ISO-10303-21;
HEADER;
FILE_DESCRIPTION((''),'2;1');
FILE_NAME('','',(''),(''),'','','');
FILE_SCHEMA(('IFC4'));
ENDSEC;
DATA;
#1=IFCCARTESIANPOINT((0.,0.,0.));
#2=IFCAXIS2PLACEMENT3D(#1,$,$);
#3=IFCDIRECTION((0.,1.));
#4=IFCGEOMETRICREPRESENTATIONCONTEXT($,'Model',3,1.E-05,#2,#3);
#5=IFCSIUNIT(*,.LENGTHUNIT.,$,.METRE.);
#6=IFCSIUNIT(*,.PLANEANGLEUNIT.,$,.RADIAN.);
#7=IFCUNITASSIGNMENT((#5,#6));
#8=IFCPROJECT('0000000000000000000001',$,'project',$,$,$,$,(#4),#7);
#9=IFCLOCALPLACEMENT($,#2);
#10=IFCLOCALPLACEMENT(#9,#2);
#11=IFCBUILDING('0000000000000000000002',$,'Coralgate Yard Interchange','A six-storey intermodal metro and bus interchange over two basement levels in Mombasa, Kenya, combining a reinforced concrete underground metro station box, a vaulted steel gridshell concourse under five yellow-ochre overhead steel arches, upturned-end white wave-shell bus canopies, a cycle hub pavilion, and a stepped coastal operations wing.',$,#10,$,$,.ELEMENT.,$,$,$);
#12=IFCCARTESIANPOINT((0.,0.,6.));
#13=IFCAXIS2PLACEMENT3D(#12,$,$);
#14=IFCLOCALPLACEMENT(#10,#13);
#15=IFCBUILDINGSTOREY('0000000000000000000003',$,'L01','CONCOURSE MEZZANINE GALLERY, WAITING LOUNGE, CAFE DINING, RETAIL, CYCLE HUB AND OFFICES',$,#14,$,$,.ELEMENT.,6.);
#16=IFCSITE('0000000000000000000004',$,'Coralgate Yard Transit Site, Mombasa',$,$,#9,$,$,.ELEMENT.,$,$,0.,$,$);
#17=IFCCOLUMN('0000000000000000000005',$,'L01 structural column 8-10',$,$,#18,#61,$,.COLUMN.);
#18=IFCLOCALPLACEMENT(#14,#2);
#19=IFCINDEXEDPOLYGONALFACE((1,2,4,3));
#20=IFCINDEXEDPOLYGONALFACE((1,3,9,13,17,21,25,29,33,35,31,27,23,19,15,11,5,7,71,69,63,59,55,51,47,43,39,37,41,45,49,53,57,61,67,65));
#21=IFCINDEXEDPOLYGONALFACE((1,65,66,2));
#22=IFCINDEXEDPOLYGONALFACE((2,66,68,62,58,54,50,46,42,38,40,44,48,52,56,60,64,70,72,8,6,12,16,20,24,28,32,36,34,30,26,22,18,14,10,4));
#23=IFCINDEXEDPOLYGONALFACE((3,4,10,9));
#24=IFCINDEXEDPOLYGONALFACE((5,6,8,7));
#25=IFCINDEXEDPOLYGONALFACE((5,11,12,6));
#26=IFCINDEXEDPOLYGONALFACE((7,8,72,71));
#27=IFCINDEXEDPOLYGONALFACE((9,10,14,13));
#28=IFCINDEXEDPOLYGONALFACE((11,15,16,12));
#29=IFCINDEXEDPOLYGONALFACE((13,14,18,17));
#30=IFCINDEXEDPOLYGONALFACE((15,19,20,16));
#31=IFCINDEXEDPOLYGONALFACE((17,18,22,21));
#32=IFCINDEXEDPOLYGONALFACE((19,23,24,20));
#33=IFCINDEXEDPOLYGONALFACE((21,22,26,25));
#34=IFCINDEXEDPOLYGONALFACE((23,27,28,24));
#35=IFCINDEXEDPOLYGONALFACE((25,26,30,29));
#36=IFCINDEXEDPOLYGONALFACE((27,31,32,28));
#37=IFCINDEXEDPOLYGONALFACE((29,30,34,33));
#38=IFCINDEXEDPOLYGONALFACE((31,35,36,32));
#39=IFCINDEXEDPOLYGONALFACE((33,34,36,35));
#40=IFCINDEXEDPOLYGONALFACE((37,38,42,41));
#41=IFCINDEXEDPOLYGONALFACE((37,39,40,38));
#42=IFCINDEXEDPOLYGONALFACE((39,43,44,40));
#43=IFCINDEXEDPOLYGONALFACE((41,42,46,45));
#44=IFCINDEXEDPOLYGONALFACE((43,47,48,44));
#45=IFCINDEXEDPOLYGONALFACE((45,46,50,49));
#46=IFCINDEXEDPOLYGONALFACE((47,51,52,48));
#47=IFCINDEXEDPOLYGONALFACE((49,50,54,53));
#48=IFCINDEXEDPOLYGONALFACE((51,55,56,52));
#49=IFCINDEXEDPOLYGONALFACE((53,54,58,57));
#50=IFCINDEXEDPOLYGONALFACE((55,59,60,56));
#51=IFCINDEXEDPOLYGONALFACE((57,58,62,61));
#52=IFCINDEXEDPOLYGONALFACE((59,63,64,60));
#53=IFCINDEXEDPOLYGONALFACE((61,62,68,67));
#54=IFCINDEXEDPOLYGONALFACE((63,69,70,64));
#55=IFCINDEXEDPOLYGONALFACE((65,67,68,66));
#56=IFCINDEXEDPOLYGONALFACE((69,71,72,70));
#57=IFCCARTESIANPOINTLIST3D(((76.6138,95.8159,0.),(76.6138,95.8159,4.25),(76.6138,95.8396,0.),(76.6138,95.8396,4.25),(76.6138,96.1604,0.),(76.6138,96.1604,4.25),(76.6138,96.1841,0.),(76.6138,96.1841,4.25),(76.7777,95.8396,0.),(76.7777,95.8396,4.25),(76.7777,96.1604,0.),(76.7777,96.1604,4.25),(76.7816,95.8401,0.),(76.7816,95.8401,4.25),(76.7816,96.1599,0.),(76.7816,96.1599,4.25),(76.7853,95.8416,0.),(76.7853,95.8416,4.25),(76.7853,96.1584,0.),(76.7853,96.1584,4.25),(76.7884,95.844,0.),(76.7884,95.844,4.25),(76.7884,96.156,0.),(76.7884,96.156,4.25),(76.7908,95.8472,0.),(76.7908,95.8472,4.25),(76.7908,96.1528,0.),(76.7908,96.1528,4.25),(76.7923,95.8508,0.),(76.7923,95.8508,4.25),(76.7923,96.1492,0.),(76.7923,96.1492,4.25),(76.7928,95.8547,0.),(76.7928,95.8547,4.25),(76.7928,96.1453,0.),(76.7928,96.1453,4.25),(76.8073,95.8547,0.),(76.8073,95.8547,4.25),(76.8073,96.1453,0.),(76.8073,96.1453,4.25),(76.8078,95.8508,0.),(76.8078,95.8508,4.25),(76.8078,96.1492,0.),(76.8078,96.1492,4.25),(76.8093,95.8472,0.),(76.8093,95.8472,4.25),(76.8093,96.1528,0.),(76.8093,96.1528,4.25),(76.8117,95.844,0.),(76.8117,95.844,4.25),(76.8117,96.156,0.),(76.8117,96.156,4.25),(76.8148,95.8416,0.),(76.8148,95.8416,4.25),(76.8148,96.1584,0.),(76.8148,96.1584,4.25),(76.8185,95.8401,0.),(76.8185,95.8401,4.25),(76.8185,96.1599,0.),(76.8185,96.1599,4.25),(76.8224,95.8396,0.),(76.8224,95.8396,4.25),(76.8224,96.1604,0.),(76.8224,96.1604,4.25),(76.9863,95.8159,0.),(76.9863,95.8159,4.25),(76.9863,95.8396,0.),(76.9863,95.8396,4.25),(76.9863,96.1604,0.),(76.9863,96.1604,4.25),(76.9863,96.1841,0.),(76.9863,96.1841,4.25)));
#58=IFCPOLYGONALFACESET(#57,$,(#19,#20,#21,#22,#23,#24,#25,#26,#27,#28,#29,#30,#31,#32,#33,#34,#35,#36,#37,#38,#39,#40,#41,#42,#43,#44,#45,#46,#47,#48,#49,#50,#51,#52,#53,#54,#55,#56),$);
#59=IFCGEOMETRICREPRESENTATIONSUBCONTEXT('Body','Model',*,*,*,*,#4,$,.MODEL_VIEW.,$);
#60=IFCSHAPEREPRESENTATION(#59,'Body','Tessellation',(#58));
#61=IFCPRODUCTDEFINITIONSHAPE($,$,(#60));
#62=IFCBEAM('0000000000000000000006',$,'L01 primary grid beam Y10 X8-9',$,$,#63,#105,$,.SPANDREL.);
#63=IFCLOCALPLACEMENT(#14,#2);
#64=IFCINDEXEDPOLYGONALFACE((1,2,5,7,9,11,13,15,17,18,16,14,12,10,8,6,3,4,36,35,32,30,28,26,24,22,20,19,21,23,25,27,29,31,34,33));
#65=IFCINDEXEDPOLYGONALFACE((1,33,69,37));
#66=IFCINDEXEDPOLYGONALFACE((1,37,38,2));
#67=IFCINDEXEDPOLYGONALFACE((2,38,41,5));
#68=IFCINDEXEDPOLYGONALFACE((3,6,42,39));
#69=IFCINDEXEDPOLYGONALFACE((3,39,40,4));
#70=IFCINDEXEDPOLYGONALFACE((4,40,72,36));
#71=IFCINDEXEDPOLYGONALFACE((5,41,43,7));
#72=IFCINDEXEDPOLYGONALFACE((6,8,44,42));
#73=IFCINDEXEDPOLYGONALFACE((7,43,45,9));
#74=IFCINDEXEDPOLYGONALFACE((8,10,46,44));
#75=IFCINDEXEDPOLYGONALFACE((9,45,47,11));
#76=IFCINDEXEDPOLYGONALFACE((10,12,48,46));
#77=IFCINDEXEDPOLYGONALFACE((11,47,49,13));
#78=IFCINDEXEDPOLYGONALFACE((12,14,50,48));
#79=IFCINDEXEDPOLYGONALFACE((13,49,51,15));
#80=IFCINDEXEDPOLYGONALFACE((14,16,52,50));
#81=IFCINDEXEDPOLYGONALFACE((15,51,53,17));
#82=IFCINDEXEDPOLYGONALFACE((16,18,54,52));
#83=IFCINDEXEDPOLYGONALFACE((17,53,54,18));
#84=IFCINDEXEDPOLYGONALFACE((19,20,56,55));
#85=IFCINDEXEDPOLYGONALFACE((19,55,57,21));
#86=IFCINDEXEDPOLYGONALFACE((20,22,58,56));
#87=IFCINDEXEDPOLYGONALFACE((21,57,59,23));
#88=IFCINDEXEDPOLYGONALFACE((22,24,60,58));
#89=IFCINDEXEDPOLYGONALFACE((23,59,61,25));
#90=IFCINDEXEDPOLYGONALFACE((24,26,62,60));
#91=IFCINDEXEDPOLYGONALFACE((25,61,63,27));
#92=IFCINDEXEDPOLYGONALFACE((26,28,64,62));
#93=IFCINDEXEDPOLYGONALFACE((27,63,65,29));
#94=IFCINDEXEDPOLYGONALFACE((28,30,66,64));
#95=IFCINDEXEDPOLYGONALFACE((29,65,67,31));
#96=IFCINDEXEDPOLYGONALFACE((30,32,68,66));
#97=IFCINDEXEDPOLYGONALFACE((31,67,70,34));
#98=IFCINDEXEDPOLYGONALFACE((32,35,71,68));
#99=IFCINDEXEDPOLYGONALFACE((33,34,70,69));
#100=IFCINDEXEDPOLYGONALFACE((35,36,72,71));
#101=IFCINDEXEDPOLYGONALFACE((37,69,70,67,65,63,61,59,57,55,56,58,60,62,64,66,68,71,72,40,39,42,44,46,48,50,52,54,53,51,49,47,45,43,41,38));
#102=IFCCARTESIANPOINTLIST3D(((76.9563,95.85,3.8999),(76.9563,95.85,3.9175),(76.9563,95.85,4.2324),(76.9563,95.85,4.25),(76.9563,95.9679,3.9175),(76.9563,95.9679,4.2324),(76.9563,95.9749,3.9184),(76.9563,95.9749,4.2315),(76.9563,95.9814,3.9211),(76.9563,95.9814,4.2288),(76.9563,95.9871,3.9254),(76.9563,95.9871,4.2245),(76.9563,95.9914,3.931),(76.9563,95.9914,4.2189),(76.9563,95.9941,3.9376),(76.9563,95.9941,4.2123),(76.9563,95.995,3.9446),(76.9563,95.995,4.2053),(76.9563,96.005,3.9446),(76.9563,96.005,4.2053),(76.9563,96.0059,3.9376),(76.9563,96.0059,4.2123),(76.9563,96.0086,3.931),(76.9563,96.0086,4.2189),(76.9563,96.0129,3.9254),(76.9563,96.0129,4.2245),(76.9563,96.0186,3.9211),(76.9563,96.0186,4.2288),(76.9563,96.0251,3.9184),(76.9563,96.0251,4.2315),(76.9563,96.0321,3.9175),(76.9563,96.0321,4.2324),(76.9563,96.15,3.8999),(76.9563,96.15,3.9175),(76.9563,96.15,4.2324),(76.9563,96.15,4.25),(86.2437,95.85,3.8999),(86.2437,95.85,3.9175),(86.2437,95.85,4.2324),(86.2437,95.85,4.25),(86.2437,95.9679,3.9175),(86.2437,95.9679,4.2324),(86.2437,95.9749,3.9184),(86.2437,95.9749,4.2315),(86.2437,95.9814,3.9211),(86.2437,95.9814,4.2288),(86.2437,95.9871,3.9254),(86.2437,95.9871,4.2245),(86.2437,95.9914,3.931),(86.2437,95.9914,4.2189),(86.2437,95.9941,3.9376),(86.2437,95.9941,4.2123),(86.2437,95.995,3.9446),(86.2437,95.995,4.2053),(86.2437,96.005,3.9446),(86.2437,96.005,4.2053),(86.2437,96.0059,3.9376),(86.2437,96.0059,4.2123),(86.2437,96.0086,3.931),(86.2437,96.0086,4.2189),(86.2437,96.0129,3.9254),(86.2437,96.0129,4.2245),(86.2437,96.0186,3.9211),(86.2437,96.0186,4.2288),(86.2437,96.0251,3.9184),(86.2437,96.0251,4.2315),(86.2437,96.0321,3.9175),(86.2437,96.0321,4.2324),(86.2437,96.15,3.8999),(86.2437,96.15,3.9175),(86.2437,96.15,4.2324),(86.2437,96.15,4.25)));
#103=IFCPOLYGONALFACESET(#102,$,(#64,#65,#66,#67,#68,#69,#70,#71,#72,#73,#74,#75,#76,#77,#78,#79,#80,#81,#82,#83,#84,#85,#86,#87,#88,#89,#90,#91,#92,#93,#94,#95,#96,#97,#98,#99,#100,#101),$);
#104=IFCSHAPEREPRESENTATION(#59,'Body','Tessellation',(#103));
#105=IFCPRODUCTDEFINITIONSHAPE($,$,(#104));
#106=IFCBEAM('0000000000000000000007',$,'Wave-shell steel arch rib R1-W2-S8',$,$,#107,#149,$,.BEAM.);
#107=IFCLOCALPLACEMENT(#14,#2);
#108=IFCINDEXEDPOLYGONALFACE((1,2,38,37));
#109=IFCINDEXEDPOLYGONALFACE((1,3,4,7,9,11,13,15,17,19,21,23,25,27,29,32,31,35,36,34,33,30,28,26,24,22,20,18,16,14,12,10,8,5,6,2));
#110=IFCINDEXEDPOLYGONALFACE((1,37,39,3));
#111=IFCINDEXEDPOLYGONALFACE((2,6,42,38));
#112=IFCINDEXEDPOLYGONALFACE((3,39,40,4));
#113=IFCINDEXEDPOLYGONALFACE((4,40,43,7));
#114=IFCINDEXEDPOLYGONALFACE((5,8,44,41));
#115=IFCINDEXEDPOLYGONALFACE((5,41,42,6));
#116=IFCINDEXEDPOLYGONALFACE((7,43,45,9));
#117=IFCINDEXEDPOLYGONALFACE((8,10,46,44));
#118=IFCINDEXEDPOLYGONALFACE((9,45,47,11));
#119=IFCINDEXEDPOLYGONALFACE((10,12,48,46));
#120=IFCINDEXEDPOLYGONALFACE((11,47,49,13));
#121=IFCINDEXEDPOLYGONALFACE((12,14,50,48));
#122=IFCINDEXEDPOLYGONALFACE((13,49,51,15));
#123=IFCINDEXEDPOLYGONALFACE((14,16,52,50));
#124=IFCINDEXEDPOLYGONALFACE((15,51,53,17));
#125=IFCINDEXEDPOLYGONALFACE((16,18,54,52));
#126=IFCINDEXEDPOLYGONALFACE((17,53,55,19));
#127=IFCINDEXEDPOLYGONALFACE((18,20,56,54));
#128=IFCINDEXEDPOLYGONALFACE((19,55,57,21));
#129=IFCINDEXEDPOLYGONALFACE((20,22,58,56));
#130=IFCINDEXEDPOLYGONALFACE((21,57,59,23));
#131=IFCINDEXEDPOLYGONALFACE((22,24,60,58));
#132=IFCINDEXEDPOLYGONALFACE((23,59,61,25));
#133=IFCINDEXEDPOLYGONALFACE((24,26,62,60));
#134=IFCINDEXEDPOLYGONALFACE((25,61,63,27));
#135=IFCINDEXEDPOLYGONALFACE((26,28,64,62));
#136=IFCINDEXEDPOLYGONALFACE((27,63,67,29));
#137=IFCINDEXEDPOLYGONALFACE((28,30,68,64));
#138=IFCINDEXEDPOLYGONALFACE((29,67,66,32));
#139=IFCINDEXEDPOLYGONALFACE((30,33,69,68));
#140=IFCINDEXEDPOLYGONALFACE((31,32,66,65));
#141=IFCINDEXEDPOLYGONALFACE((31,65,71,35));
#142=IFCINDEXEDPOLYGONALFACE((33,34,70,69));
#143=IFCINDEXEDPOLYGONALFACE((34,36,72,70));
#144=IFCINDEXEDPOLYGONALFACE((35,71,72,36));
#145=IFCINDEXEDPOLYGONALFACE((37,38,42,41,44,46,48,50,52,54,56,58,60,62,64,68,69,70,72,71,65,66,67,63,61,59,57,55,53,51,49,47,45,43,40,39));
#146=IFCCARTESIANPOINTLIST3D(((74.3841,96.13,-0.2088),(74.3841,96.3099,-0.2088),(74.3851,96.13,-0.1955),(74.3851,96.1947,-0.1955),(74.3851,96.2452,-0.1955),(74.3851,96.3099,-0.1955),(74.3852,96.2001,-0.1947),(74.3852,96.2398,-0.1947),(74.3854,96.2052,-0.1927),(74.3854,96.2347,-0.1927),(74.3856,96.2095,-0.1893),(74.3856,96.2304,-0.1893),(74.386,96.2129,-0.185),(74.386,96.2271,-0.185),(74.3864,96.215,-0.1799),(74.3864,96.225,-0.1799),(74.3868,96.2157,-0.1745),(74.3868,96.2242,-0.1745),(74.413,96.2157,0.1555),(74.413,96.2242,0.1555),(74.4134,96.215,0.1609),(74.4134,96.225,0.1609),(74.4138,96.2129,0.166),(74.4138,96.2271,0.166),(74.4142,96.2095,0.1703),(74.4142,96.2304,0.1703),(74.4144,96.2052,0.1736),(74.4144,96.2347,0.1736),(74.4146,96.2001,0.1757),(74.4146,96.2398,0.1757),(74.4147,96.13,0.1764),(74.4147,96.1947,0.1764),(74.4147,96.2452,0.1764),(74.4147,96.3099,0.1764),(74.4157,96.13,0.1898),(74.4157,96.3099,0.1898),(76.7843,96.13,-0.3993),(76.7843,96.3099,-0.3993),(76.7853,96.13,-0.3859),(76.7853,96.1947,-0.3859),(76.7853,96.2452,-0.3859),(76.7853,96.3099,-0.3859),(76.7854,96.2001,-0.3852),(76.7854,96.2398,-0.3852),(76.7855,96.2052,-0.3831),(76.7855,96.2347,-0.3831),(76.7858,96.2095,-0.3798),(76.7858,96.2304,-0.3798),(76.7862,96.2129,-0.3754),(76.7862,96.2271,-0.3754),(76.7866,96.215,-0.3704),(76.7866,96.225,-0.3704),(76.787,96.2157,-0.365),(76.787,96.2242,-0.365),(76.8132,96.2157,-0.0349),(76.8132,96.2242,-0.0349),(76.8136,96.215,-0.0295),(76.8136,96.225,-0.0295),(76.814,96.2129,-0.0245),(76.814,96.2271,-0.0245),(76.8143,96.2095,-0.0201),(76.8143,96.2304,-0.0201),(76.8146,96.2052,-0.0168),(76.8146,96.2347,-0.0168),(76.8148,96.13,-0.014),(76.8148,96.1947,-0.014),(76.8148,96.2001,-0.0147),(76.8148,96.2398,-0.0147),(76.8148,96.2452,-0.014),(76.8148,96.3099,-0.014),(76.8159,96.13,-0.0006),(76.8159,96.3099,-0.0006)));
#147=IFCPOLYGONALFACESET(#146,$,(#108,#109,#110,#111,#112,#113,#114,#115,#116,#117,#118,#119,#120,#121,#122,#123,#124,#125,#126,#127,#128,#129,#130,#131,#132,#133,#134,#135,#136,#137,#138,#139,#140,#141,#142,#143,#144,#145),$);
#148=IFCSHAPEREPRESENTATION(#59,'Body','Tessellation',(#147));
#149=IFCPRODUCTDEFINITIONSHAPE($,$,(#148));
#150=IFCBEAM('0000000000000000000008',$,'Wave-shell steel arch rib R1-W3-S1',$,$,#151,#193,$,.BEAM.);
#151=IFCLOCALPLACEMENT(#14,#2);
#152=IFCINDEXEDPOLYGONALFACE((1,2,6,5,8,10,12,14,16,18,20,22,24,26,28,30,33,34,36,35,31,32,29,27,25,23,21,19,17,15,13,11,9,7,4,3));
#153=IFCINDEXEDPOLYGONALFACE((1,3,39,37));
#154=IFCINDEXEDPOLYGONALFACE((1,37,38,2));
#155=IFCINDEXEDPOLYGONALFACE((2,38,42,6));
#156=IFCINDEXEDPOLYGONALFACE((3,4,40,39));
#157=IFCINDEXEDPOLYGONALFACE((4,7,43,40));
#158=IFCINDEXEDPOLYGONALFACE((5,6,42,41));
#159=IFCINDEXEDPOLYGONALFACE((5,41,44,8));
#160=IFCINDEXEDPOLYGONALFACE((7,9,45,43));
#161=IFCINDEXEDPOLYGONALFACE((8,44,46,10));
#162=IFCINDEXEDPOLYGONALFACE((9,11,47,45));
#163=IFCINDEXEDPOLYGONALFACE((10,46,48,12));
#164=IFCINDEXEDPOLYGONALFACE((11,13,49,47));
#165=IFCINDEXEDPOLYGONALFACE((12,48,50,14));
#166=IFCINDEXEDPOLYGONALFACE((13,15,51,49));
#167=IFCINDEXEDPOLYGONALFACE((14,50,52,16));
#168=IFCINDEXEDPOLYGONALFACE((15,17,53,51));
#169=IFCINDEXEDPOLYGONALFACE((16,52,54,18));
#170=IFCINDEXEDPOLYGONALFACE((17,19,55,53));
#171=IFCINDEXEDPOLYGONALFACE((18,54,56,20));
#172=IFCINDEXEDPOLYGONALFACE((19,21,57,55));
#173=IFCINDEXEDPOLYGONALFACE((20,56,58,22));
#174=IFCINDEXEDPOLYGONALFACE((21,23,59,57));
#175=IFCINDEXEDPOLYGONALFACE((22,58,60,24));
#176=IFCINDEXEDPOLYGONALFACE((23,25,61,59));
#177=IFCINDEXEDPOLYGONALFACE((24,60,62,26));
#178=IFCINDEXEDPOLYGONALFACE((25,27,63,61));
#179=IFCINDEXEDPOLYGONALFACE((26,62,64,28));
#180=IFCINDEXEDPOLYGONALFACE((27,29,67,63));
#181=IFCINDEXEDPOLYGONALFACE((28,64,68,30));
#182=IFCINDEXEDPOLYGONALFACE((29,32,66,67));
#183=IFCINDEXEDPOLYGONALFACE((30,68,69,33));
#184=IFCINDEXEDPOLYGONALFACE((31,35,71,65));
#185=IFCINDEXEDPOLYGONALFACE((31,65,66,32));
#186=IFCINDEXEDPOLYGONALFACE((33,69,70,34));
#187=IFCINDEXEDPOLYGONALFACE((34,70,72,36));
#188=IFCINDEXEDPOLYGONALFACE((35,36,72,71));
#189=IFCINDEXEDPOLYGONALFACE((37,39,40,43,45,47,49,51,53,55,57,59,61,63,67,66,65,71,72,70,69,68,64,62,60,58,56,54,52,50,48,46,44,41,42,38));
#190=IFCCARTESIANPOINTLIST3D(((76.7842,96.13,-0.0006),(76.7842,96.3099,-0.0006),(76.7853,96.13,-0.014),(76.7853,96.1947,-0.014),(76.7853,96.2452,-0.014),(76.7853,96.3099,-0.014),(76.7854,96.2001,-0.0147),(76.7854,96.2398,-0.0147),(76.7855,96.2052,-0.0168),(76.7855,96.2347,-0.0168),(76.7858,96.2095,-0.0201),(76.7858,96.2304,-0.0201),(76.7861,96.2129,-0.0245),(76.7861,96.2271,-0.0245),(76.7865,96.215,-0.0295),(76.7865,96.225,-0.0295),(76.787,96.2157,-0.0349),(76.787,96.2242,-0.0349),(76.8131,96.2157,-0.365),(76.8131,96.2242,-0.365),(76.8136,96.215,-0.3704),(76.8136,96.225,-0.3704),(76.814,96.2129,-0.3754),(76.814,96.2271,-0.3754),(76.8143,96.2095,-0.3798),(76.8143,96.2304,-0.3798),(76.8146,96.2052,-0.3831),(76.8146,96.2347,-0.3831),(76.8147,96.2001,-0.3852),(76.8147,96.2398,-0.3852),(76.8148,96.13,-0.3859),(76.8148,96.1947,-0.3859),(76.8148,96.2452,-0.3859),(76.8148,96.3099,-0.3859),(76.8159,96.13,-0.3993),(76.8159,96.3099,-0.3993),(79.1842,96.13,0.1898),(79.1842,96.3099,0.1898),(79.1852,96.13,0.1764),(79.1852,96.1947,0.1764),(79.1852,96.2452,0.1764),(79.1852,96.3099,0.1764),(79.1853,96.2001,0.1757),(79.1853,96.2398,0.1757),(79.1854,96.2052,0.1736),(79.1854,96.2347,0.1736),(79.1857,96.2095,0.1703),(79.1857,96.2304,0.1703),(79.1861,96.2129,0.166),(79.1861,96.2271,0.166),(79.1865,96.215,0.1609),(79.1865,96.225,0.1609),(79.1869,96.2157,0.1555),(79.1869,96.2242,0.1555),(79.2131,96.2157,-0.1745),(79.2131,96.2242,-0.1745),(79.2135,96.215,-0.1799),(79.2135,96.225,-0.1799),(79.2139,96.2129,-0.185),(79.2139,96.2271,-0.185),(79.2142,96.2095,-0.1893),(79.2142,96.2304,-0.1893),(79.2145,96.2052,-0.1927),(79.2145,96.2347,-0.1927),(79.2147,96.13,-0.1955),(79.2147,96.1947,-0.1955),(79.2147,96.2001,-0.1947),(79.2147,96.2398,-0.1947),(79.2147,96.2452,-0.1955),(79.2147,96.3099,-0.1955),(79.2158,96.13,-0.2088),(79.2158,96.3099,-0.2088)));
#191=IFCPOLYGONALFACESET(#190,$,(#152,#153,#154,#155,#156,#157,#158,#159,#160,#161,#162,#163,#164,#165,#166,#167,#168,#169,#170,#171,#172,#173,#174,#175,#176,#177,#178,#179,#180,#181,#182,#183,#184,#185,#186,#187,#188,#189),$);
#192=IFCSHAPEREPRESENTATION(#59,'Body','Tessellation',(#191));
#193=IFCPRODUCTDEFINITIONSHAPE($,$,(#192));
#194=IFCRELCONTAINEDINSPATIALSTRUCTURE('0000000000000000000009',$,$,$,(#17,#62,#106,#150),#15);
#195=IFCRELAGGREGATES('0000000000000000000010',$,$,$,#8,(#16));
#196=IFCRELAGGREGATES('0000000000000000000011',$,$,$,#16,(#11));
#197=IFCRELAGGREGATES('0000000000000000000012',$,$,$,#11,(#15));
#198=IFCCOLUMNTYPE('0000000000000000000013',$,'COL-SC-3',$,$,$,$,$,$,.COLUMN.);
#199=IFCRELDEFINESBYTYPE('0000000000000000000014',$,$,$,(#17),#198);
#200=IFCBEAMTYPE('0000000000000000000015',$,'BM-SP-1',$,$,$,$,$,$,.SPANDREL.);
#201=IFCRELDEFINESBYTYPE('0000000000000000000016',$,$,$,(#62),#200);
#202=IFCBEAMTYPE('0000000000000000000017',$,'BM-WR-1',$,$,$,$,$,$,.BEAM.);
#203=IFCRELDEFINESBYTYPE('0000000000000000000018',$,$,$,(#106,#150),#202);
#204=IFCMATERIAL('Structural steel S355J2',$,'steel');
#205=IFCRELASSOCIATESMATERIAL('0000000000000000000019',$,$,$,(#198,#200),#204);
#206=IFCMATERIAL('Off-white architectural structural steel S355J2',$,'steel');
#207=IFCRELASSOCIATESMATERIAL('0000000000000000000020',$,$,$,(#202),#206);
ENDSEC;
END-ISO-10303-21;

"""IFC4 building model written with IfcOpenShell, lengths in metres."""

from ifc_helpers import new_model, si_unit, direction, frame, origin, origin_2d, place, context, subcontext, project, spatial, i_section, extrude, material, material_profile, profile_set, type_object, element, save


model = new_model("IFC4")

# Units and contexts
model_context = context("Model", 3, precision=1e-05, world=origin(), true_north=direction((0.0, 1.0)))
body_context = subcontext(model_context, "Body", "Model", "MODEL_VIEW")
ifc_project = project(units=[si_unit("LENGTHUNIT", "METRE"), si_unit("PLANEANGLEUNIT", "RADIAN")], contexts=[model_context])

# Site, building, storey
site_placement = place(None, origin())
site = spatial("IfcSite", under=ifc_project, at=site_placement, Name="Coralgate Yard Transit Site, Mombasa", CompositionType="ELEMENT", RefElevation=0.0)
building_placement = place(site_placement, origin())
building = spatial("IfcBuilding", under=site, at=building_placement, Name="Coralgate Yard Interchange", Description="A six-storey intermodal metro and bus interchange over two basement levels in Mombasa, Kenya, combining a reinforced concrete underground metro station box, a vaulted steel gridshell concourse under five yellow-ochre overhead steel arches, upturned-end white wave-shell bus canopies, a cycle hub pavilion, and a stepped coastal operations wing.", CompositionType="ELEMENT")
storey_placement = place(building_placement, frame((0.0, 0.0, 6.0)))
storey = spatial("IfcBuildingStorey", under=building, at=storey_placement, Name="L01", Description="CONCOURSE MEZZANINE GALLERY, WAITING LOUNGE, CAFE DINING, RETAIL, CYCLE HUB AND OFFICES", CompositionType="ELEMENT", Elevation=6.0)

# Column
ifc_material_1 = material(Name="Structural steel S355J2", Category="steel")
ifc_material_profile_1 = material_profile(ifc_material_1, i_section(OverallWidth=0.3726, OverallDepth=0.3682, WebThickness=0.0144, FlangeThickness=0.0237, FilletRadius=0.0151, at=origin_2d()), Name="UC 356x368x177")
ifc_profile_set_1 = profile_set([ifc_material_profile_1], Name="Structural steel S355J2")
column_type = type_object("IfcColumnType", Name="COL-SC-3", PredefinedType="COLUMN", material=ifc_profile_set_1)
column_placement = place(storey_placement, frame((76.8, 96.0, 0.0), z_axis=(0.0, 0.0, 1.0), x_axis=(1.0, 0.0, 0.0)))
element("IfcColumn", 1, at=column_placement, inside=storey, type_object=column_type, Name="L01 structural column 8-10", PredefinedType="COLUMN", context=body_context, shape_type="SweptSolid", body=[
    extrude(i_section(OverallWidth=0.3726, OverallDepth=0.3682, WebThickness=0.0144, FlangeThickness=0.0237, FilletRadius=0.0151, at=origin_2d()), origin(), (0.0, 0.0, 1.0), 4.25),
])

# Beams
ifc_material_profile_2 = material_profile(ifc_material_1, i_section(OverallWidth=0.3, OverallDepth=0.3501, WebThickness=0.01, FlangeThickness=0.0176, FilletRadius=0.0271, at=origin_2d()), Name="HEA 360")
ifc_profile_set_2 = profile_set([ifc_material_profile_2], Name="Structural steel S355J2")
beam_type_1 = type_object("IfcBeamType", Name="BM-SP-1", PredefinedType="SPANDREL", material=ifc_profile_set_2)
beam_1_placement = place(storey_placement, frame((76.9563, 96.0, 4.075), z_axis=(1.0, 0.0, 0.0), x_axis=(0.0, 1.0, 0.0)))
element("IfcBeam", 2, at=beam_1_placement, inside=storey, type_object=beam_type_1, Name="L01 primary grid beam Y10 X8-9", PredefinedType="SPANDREL", context=body_context, shape_type="SweptSolid", body=[
    extrude(i_section(OverallWidth=0.3, OverallDepth=0.3501, WebThickness=0.01, FlangeThickness=0.0176, FilletRadius=0.0271, at=origin_2d()), origin(), (0.0, 0.0, 1.0), 9.2874),
])
ifc_material_2 = material(Name="Off-white architectural structural steel S355J2", Category="steel")
ifc_material_profile_3 = material_profile(ifc_material_2, i_section(OverallWidth=0.1799, OverallDepth=0.3999, WebThickness=0.0085, FlangeThickness=0.0134, FilletRadius=0.021, at=origin_2d()), Name="IPE 400")
ifc_profile_set_3 = profile_set([ifc_material_profile_3], Name="Off-white architectural structural steel S355J2")
beam_type_2 = type_object("IfcBeamType", Name="BM-WR-1", PredefinedType="BEAM", material=ifc_profile_set_3)
beam_2_placement = place(storey_placement, frame((74.3999, 96.22, -0.0095), z_axis=(0.996867, 0.0, -0.079092), x_axis=(0.0, 1.0, 0.0)))
element("IfcBeam", 3, at=beam_2_placement, inside=storey, type_object=beam_type_2, Name="Wave-shell steel arch rib R1-W2-S8", PredefinedType="BEAM", context=body_context, shape_type="SweptSolid", body=[
    extrude(i_section(OverallWidth=0.1799, OverallDepth=0.3999, WebThickness=0.0085, FlangeThickness=0.0134, FilletRadius=0.021, at=origin_2d()), origin(), (0.0, 0.0, 1.0), 2.4077),
])
beam_3_placement = place(storey_placement, frame((76.8, 96.22, -0.2), z_axis=(0.996867, 0.0, 0.0791), x_axis=(0.0, 1.0, 0.0)))
element("IfcBeam", 4, at=beam_3_placement, inside=storey, type_object=beam_type_2, Name="Wave-shell steel arch rib R1-W3-S1", PredefinedType="BEAM", context=body_context, shape_type="SweptSolid", body=[
    extrude(i_section(OverallWidth=0.1799, OverallDepth=0.3999, WebThickness=0.0085, FlangeThickness=0.0134, FilletRadius=0.021, at=origin_2d()), origin(), (0.0, 0.0, 1.0), 2.4075),
])

save(model, "model.ifc")
